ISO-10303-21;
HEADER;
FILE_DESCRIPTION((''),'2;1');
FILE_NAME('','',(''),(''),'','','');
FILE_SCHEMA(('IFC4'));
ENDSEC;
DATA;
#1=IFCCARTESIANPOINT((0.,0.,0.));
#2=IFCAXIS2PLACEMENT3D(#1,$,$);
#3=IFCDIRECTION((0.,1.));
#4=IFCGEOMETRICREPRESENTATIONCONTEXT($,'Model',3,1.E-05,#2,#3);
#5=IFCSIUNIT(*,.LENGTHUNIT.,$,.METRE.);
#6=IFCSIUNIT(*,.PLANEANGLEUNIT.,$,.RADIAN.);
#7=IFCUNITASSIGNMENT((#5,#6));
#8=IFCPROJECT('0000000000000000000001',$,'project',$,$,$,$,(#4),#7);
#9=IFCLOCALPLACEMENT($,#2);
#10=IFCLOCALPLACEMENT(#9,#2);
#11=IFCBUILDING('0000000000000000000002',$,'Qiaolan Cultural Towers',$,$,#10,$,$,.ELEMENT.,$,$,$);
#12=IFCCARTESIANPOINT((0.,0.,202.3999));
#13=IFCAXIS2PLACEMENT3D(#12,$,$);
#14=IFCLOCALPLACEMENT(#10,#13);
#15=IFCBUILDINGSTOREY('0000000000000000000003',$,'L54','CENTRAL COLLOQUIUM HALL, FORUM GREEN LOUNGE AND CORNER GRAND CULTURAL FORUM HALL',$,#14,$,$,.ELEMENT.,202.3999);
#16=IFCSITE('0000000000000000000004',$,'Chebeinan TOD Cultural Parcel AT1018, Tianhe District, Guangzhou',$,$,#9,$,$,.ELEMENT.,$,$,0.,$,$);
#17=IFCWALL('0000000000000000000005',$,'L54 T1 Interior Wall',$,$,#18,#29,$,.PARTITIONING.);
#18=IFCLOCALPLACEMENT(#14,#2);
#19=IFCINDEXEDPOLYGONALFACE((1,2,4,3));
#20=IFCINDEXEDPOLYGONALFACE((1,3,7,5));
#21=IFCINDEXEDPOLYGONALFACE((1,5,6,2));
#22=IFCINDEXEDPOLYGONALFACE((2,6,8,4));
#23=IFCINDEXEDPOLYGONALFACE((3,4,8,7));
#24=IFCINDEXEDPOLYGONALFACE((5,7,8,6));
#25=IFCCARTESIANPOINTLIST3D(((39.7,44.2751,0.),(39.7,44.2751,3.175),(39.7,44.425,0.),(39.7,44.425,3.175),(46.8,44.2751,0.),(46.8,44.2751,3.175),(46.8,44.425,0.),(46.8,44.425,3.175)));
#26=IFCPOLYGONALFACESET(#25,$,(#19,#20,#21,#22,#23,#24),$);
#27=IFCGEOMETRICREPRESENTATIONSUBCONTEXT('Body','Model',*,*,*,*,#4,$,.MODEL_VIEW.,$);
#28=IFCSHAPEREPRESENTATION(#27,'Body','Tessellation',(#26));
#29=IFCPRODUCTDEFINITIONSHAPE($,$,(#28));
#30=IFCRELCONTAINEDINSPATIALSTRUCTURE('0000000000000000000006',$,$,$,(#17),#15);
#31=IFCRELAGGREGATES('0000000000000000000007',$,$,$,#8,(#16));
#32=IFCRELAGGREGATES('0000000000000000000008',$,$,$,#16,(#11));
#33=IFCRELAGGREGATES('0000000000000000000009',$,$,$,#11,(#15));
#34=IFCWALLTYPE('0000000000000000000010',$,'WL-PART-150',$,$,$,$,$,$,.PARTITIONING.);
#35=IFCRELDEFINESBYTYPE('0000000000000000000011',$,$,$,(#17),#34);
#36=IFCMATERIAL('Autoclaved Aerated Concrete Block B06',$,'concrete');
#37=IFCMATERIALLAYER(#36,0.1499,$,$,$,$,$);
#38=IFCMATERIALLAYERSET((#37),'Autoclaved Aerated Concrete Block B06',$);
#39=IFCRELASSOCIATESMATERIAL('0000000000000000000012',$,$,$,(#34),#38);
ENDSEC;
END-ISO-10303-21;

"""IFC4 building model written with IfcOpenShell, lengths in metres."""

from ifc_helpers import new_model, si_unit, direction, frame, frame_2d, origin, place, context, subcontext, project, spatial, rectangle, extrude, material, layer, layer_set, type_object, element, save


model = new_model("IFC4")

# Units and contexts
model_context = context("Model", 3, precision=1e-05, world=origin(), true_north=direction((0.0, 1.0)))
body_context = subcontext(model_context, "Body", "Model", "MODEL_VIEW")
ifc_project = project(units=[si_unit("LENGTHUNIT", "METRE"), si_unit("PLANEANGLEUNIT", "RADIAN")], contexts=[model_context])

# Site, building, storey
site_placement = place(None, origin())
site = spatial("IfcSite", under=ifc_project, at=site_placement, Name="Chebeinan TOD Cultural Parcel AT1018, Tianhe District, Guangzhou", CompositionType="ELEMENT", RefElevation=0.0)
building_placement = place(site_placement, origin())
building = spatial("IfcBuilding", under=site, at=building_placement, Name="Qiaolan Cultural Towers", CompositionType="ELEMENT")
storey_placement = place(building_placement, frame((0.0, 0.0, 202.3999)))
storey = spatial("IfcBuildingStorey", under=building, at=storey_placement, Name="L54", Description="CENTRAL COLLOQUIUM HALL, FORUM GREEN LOUNGE AND CORNER GRAND CULTURAL FORUM HALL", CompositionType="ELEMENT", Elevation=202.3999)

# Shared definitions
ifc_material_1 = material(Name="Autoclaved Aerated Concrete Block B06", Category="concrete")
ifc_layer_1 = layer(ifc_material_1, 0.1499)
ifc_layer_set_1 = layer_set([ifc_layer_1], Name="Autoclaved Aerated Concrete Block B06")
wall_type_1 = type_object("IfcWallType", Name="WL-PART-150", PredefinedType="PARTITIONING", material=ifc_layer_set_1)

# Wall
wall_1_placement = place(storey_placement, frame((39.7, 44.3501, 0.0), z_axis=(0.0, 0.0, 1.0), x_axis=(1.0, 0.0, 0.0)))
element("IfcWall", 1, at=wall_1_placement, inside=storey, type_object=wall_type_1, Name="L54 T1 Interior Wall", PredefinedType="PARTITIONING", context=body_context, shape_type="SweptSolid", body=[
    extrude(rectangle(XDim=7.1001, YDim=0.1499, at=frame_2d((3.55, 0.0))), origin(), (0.0, 0.0, 1.0), 3.175),
])

save(model, "model.ifc")
